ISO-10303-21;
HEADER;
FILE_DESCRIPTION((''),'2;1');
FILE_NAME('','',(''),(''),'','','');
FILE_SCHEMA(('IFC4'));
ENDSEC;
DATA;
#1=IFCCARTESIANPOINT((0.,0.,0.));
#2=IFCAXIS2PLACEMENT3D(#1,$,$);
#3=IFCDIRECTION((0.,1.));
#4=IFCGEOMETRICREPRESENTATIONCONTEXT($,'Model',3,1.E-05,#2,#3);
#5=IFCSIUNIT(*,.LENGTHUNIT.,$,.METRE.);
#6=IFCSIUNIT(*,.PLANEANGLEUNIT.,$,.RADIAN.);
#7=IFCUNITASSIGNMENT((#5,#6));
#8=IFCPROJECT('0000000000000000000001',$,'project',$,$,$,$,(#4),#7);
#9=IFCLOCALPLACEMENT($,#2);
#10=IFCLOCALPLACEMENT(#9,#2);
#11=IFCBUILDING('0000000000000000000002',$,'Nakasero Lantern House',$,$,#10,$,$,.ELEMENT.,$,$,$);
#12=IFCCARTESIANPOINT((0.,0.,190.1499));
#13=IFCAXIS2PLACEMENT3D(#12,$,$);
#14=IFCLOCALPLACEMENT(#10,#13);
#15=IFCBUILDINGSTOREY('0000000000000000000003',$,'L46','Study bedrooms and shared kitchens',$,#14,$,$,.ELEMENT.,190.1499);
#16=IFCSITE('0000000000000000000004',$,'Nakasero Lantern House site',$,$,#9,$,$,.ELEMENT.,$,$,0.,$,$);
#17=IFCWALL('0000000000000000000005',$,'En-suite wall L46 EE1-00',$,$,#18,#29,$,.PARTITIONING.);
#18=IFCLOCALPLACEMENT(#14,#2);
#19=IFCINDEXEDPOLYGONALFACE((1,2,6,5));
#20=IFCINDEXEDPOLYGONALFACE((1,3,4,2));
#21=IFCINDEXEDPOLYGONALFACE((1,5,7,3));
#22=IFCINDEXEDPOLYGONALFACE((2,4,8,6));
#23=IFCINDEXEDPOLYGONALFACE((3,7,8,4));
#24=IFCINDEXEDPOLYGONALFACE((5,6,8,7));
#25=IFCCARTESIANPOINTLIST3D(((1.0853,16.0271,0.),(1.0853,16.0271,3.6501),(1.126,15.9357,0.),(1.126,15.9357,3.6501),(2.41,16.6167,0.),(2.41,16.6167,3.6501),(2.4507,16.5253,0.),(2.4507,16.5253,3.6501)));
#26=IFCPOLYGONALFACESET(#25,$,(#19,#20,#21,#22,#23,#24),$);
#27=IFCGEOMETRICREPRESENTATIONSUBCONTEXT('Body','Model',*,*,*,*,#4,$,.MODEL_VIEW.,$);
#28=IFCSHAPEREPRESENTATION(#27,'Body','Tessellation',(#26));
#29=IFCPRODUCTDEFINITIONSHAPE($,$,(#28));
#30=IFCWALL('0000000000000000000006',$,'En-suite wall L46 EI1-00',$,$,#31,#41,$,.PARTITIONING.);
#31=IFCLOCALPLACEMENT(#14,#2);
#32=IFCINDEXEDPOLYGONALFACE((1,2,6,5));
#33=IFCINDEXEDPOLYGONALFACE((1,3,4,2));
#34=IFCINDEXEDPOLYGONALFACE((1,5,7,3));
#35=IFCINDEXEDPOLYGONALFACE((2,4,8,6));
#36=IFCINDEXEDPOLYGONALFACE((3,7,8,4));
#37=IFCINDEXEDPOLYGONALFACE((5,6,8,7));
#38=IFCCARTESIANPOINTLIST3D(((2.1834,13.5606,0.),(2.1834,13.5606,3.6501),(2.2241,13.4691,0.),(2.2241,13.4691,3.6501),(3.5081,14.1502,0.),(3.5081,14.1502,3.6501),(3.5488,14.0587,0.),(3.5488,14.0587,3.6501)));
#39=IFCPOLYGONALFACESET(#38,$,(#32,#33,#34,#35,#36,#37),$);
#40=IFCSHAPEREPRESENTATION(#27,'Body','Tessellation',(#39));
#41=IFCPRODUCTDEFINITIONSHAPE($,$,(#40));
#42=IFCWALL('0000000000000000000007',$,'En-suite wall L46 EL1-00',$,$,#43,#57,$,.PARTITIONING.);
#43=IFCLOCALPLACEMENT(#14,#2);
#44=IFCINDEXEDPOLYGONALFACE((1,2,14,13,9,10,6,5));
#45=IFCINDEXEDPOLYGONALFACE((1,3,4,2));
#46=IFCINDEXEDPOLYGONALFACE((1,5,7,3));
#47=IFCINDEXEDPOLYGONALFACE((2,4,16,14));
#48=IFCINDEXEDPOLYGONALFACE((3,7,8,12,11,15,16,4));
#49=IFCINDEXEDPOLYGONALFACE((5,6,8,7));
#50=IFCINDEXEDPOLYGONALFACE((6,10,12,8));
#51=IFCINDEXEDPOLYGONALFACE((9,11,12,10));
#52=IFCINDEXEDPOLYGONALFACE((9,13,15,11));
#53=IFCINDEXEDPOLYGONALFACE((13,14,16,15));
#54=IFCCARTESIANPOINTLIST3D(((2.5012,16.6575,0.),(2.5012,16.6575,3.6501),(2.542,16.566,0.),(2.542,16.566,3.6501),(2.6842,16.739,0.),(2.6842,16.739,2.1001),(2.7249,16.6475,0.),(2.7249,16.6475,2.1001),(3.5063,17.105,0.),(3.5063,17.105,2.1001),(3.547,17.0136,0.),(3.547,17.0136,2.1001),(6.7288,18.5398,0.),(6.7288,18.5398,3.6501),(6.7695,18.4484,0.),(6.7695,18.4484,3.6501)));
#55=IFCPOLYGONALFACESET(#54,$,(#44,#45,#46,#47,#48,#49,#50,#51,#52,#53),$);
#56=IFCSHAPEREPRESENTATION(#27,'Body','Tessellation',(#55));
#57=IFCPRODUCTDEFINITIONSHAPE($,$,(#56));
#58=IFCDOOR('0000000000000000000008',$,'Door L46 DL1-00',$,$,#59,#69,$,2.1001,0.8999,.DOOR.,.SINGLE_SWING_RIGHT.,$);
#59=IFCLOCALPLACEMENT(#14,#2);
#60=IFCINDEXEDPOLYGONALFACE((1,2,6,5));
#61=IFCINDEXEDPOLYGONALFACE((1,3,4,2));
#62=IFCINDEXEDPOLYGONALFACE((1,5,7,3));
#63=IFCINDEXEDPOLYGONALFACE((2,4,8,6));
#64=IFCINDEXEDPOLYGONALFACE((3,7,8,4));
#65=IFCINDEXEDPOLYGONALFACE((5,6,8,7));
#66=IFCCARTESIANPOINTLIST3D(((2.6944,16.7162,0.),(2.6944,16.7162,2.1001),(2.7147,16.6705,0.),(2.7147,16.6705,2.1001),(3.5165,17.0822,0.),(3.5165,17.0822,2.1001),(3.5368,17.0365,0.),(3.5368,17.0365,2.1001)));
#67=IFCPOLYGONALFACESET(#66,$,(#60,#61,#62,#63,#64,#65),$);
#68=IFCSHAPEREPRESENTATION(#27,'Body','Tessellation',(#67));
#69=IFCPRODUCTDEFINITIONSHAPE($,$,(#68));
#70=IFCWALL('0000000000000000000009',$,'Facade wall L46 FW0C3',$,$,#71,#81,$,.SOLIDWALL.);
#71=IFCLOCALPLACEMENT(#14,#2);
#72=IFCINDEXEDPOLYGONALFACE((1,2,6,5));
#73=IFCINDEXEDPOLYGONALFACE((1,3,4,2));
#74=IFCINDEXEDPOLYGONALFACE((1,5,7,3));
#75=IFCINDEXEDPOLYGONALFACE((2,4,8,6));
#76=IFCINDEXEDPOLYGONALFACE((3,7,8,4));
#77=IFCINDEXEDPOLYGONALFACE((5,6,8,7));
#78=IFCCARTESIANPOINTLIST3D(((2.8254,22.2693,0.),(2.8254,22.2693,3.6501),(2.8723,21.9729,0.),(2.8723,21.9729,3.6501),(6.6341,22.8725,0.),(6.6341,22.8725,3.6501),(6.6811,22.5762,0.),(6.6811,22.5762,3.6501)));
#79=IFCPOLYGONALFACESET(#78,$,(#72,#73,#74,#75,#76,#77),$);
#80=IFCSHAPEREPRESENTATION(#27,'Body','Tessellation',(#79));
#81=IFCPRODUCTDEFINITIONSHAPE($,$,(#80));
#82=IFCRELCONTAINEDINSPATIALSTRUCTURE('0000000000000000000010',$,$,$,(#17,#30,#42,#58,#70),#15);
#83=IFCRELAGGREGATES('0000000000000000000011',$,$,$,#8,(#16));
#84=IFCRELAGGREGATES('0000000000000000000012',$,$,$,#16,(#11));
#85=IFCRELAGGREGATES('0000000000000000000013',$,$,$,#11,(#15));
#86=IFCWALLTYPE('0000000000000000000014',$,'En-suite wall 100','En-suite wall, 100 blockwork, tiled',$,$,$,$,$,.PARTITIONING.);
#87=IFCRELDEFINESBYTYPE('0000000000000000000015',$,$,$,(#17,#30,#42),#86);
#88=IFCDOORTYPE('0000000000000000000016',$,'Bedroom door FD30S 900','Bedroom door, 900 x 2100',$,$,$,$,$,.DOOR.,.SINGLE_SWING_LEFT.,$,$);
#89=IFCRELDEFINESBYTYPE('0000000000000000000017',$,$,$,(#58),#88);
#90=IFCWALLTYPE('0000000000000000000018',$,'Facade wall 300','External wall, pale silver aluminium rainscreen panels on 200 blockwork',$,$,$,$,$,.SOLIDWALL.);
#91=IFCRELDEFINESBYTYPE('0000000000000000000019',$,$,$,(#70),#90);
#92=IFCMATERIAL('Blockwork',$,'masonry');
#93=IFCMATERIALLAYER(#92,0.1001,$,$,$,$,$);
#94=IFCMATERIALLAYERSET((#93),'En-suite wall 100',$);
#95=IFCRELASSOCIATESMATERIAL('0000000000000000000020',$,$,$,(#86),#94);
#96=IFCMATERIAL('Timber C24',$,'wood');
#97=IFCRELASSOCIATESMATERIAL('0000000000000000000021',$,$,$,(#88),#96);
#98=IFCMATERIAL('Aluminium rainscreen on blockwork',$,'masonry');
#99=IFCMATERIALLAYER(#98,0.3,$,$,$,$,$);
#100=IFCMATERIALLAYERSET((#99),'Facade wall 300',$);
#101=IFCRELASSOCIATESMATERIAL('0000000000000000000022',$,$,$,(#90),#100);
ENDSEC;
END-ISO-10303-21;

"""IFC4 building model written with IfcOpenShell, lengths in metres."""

from ifc_helpers import new_model, si_unit, direction, frame, frame_2d, origin, place, context, subcontext, project, spatial, rectangle, extrude, material, layer, layer_set, type_object, element, fill, save


model = new_model("IFC4")

# Units and contexts
model_context = context("Model", 3, precision=1e-05, world=origin(), true_north=direction((0.0, 1.0)))
body_context = subcontext(model_context, "Body", "Model", "MODEL_VIEW")
ifc_project = project(units=[si_unit("LENGTHUNIT", "METRE"), si_unit("PLANEANGLEUNIT", "RADIAN")], contexts=[model_context])

# Site, building, storey
site_placement = place(None, origin())
site = spatial("IfcSite", under=ifc_project, at=site_placement, Name="Nakasero Lantern House site", CompositionType="ELEMENT", RefElevation=0.0)
building_placement = place(site_placement, origin())
building = spatial("IfcBuilding", under=site, at=building_placement, Name="Nakasero Lantern House", CompositionType="ELEMENT")
storey_placement = place(building_placement, frame((0.0, 0.0, 190.1499)))
storey = spatial("IfcBuildingStorey", under=building, at=storey_placement, Name="L46", Description="Study bedrooms and shared kitchens", CompositionType="ELEMENT", Elevation=190.1499)

# Shared definitions
ifc_material_1 = material(Name="Blockwork", Category="masonry")
ifc_layer_1 = layer(ifc_material_1, 0.1001)
ifc_layer_set_1 = layer_set([ifc_layer_1], Name="En-suite wall 100")
wall_type_1 = type_object("IfcWallType", Name="En-suite wall 100", Description="En-suite wall, 100 blockwork, tiled", PredefinedType="PARTITIONING", material=ifc_layer_set_1)

# Walls
for number, where, z_axis, x_axis, name in (
    (1, (2.4304, 16.571, 0.0), (0.0, 0.0, 1.0), (-0.913596, -0.406623, 0.0), "En-suite wall L46 EE1-00"),
    (2, (3.5286, 14.1045, 0.0), (0.0, 0.0, 1.0), (-0.913596, -0.406623, 0.0), "En-suite wall L46 EI1-00"),
):
    element("IfcWall", number, at=place(storey_placement, frame(where, z_axis=z_axis, x_axis=x_axis)), inside=storey, type_object=wall_type_1, Name=name, PredefinedType="PARTITIONING", context=body_context, shape_type="SweptSolid", body=[
        extrude(rectangle(XDim=1.45, YDim=0.1001, at=frame_2d((0.7251, 0.0))), origin(), (0.0, 0.0, 1.0), 3.6501),
    ])

# Wall, opening, door
wall_1_placement = place(storey_placement, frame((6.7493, 18.4941, 0.0), z_axis=(0.0, 0.0, 1.0), x_axis=(-0.913537, -0.406755, 0.0)))
wall_1 = element("IfcWall", 3, at=wall_1_placement, inside=storey, type_object=wall_type_1, Name="En-suite wall L46 EL1-00", PredefinedType="PARTITIONING", context=body_context, shape_type="SweptSolid", body=[
    extrude(rectangle(XDim=4.6277, YDim=0.1001, at=frame_2d((2.314, 0.0))), origin(), (0.0, 0.0, 1.0), 3.6501),
])
opening_1_placement = place(wall_1_placement, frame((3.5276, 0.0, 0.0)))
opening_1 = element("IfcOpeningElement", 4, at=opening_1_placement, cuts=wall_1, PredefinedType="OPENING", context=body_context, shape_type="SweptSolid", body=[
    extrude(rectangle(XDim=0.8999, YDim=2.1001, at=frame_2d((0.45, 1.05))), frame((0.0, 0.0701, 0.0), z_axis=(0.0, -1.0, 0.0), x_axis=(1.0, 0.0, 0.0)), (0.0, 0.0, 1.0), 0.1401),
])
ifc_material_2 = material(Name="Timber C24", Category="wood")
door_type_1 = type_object("IfcDoorType", Name="Bedroom door FD30S 900", Description="Bedroom door, 900 x 2100", OperationType="SINGLE_SWING_LEFT", PredefinedType="DOOR", material=ifc_material_2)
door_1_placement = place(opening_1_placement, origin())
door_1 = element("IfcDoor", 5, at=door_1_placement, inside=storey, type_object=door_type_1, Name="Door L46 DL1-00", OperationType="SINGLE_SWING_RIGHT", OverallHeight=2.1001, OverallWidth=0.8999, PredefinedType="DOOR", context=body_context, shape_type="SweptSolid", body=[
    extrude(rectangle(XDim=0.8999, YDim=2.1001, at=frame_2d((0.45, 1.05))), frame((0.0, 0.0249, 0.0), z_axis=(0.0, -1.0, 0.0), x_axis=(1.0, 0.0, 0.0)), (0.0, 0.0, 1.0), 0.05),
])
fill(opening_1, door_1)

# Wall
ifc_material_3 = material(Name="Aluminium rainscreen on blockwork", Category="masonry")
ifc_layer_2 = layer(ifc_material_3, 0.3)
ifc_layer_set_2 = layer_set([ifc_layer_2], Name="Facade wall 300")
wall_type_2 = type_object("IfcWallType", Name="Facade wall 300", Description="External wall, pale silver aluminium rainscreen panels on 200 blockwork", PredefinedType="SOLIDWALL", material=ifc_layer_set_2)
wall_2_placement = place(storey_placement, frame((6.6577, 22.7244, 0.0), z_axis=(0.0, 0.0, 1.0), x_axis=(-0.987688, -0.156437, 0.0)))
element("IfcWall", 6, at=wall_2_placement, inside=storey, type_object=wall_type_2, Name="Facade wall L46 FW0C3", PredefinedType="SOLIDWALL", context=body_context, shape_type="SweptSolid", body=[
    extrude(rectangle(XDim=3.8562, YDim=0.3, at=frame_2d((1.9282, 0.0))), origin(), (0.0, 0.0, 1.0), 3.6501),
])

save(model, "model.ifc")
